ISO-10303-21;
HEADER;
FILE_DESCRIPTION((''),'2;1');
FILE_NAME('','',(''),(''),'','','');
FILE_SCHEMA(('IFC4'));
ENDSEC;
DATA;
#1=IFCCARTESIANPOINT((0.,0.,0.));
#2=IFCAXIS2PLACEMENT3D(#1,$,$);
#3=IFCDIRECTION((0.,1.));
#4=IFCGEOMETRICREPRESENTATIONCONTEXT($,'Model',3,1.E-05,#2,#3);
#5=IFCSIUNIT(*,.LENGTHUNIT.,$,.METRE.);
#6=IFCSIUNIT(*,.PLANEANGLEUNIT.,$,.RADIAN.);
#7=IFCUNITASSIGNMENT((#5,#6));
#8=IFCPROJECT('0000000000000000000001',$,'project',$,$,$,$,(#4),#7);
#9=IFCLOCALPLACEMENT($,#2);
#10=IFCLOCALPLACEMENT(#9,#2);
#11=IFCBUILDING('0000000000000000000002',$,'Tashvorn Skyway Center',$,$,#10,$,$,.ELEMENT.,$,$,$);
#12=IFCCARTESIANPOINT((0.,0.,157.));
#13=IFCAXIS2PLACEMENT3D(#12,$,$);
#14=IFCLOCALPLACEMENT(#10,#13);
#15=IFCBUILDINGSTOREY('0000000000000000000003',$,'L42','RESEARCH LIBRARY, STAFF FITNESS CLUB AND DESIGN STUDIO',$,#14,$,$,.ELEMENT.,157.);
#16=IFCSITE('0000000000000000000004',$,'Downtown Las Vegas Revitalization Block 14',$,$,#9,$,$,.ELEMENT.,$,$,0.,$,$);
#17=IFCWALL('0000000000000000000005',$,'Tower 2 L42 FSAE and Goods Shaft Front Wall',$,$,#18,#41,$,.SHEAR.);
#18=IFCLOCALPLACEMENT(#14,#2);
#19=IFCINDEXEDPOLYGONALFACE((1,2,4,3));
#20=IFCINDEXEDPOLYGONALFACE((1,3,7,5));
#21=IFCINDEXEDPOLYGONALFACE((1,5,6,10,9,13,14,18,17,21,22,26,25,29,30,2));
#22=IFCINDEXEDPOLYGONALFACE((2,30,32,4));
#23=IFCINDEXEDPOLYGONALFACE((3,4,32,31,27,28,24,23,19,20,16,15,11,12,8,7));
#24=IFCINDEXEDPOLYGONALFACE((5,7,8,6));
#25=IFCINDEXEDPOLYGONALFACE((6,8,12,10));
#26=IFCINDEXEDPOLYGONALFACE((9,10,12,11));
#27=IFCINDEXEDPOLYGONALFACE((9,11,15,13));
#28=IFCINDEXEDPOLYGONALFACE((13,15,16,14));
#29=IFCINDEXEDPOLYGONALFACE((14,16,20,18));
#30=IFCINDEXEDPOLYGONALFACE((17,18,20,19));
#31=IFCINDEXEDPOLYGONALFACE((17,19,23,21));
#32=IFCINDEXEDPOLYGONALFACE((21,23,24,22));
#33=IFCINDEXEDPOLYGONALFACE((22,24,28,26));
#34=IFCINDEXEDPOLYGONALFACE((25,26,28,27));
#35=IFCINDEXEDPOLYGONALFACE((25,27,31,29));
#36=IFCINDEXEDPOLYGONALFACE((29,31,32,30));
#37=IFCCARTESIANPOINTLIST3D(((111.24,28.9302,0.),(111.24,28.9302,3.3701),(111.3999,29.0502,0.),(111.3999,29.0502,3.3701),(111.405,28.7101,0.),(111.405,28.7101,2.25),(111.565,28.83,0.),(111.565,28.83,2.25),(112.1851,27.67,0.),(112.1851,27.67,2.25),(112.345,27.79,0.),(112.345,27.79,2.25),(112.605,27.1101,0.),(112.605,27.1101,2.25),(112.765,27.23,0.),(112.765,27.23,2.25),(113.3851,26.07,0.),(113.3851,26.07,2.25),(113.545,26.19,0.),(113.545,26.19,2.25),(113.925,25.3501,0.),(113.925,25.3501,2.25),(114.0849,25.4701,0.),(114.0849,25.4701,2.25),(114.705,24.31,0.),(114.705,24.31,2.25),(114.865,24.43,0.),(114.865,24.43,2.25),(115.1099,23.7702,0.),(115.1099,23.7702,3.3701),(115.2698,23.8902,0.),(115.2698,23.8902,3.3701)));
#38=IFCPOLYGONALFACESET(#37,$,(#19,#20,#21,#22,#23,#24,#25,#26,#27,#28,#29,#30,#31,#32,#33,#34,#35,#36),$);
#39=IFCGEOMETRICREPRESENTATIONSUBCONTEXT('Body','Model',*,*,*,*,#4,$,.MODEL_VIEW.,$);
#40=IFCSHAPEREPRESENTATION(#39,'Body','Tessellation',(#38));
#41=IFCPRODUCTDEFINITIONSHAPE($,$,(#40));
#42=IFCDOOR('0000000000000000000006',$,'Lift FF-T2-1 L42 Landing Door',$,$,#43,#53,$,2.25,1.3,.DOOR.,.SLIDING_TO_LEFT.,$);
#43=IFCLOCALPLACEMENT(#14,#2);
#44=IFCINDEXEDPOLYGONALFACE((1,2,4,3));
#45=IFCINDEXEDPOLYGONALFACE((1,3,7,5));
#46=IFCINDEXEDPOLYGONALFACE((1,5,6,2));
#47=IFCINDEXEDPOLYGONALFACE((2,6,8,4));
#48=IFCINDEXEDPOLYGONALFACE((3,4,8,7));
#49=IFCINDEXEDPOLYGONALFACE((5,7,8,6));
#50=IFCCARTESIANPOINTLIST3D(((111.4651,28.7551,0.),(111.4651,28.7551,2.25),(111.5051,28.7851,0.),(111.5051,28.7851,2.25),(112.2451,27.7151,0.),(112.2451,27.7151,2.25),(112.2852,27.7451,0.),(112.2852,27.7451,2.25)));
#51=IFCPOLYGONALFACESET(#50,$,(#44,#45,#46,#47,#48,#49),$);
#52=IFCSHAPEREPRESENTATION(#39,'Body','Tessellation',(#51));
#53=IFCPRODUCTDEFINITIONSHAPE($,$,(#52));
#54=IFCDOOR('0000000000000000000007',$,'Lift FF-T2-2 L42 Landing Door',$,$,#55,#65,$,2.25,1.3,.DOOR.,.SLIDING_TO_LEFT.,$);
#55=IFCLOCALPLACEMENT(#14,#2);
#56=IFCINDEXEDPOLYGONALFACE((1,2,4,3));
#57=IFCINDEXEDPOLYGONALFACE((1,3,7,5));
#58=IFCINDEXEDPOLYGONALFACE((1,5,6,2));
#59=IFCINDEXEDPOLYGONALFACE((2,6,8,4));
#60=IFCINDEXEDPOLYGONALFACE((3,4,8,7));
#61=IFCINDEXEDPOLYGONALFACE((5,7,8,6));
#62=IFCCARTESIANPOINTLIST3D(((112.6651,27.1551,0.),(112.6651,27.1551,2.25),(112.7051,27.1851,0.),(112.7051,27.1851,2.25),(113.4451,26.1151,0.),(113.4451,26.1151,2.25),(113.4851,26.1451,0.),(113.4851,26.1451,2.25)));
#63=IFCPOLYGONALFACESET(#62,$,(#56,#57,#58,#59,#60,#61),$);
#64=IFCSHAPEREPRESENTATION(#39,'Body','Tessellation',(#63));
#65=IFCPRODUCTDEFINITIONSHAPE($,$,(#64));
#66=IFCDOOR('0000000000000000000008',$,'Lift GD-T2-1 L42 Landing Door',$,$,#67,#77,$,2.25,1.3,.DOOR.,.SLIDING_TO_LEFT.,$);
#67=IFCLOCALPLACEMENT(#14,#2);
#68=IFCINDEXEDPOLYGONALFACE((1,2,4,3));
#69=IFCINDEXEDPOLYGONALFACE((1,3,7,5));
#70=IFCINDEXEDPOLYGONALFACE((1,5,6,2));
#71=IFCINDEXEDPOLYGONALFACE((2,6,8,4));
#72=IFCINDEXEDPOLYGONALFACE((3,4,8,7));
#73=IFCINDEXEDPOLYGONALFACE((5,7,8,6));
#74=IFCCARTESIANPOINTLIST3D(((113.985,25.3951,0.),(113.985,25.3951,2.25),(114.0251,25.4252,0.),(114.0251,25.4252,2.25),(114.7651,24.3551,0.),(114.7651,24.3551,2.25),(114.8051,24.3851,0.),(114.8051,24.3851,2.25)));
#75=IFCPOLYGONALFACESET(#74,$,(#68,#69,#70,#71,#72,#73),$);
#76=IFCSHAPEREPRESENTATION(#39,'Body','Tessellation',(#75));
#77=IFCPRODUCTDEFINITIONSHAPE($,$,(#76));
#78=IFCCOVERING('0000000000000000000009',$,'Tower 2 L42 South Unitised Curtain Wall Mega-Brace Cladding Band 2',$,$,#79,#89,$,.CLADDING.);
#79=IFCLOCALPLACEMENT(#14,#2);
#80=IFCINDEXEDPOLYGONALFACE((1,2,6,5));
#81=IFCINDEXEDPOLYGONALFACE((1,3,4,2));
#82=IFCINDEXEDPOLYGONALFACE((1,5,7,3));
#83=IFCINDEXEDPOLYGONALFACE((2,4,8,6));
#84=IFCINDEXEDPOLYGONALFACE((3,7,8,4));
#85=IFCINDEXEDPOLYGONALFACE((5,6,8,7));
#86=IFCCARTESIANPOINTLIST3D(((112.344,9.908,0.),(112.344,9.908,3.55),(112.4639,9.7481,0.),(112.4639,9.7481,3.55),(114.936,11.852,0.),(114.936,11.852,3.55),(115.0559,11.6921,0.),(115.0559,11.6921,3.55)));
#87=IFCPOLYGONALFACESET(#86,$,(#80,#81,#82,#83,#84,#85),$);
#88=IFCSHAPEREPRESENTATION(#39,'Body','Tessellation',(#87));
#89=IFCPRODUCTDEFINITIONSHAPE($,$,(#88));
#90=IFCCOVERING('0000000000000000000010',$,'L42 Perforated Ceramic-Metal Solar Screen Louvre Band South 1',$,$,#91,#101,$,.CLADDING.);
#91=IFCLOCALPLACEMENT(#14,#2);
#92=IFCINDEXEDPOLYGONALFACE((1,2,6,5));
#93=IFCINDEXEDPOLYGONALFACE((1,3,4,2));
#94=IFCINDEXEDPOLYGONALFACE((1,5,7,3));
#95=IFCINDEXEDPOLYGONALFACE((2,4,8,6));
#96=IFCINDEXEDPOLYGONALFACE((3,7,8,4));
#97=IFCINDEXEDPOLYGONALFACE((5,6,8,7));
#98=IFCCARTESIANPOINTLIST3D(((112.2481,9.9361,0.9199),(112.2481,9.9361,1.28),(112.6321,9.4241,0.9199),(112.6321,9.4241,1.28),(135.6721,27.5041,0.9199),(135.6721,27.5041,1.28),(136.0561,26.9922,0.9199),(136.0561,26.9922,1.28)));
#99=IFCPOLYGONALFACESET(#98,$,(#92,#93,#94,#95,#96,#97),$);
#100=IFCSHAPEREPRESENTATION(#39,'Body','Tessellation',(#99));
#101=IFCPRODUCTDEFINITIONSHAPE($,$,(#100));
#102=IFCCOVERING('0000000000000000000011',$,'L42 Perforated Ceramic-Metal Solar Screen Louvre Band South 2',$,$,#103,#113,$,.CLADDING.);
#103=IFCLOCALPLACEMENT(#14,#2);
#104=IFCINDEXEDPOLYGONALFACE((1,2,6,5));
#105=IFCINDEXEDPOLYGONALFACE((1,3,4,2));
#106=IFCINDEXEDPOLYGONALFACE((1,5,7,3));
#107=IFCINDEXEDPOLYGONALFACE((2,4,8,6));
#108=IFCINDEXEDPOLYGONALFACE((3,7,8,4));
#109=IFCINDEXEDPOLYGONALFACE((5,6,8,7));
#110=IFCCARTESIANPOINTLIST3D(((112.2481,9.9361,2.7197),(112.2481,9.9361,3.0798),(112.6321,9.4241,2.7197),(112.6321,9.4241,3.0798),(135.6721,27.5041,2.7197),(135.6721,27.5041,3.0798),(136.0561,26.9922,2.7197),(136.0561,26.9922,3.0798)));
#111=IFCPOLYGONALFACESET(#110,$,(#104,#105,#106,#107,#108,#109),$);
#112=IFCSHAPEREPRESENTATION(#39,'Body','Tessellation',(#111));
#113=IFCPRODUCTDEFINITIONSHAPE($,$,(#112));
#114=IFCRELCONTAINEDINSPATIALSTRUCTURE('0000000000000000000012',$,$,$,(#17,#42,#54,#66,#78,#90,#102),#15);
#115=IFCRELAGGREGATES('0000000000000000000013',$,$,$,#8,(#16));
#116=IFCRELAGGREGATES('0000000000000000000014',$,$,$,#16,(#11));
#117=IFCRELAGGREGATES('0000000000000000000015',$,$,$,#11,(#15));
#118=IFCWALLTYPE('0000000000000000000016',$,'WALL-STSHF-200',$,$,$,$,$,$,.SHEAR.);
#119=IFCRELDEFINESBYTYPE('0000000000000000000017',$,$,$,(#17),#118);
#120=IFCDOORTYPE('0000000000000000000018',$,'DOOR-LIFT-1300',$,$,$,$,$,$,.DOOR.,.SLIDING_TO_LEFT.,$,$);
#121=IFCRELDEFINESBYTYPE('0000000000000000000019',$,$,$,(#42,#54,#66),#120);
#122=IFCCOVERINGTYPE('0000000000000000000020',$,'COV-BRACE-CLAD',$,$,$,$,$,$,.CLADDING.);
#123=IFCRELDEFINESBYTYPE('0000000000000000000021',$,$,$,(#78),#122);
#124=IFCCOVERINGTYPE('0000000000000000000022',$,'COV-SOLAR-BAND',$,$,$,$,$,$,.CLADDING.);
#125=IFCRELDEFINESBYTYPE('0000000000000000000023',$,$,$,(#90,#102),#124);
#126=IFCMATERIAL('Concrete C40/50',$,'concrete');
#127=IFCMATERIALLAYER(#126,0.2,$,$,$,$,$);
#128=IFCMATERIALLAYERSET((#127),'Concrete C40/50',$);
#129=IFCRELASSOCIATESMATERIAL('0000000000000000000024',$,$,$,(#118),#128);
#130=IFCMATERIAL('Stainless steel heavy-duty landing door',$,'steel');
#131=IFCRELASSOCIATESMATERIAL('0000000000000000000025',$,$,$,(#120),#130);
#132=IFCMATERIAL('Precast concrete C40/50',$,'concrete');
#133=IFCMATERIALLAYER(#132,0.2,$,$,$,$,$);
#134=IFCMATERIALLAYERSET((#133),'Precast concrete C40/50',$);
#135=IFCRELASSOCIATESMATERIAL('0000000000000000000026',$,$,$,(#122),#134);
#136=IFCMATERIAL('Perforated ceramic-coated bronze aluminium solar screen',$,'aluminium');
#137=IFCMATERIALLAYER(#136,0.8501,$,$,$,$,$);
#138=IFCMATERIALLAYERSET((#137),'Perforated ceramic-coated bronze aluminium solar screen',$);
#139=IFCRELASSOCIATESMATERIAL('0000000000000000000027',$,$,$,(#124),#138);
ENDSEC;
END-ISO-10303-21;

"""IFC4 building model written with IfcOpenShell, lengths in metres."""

from ifc_helpers import new_model, si_unit, direction, frame, frame_2d, origin, origin_2d, place, context, subcontext, project, spatial, rectangle, extrude, material, layer, layer_set, type_object, element, fill, save


model = new_model("IFC4")

# Units and contexts
model_context = context("Model", 3, precision=1e-05, world=origin(), true_north=direction((0.0, 1.0)))
body_context = subcontext(model_context, "Body", "Model", "MODEL_VIEW")
ifc_project = project(units=[si_unit("LENGTHUNIT", "METRE"), si_unit("PLANEANGLEUNIT", "RADIAN")], contexts=[model_context])

# Site, building, storey
site_placement = place(None, origin())
site = spatial("IfcSite", under=ifc_project, at=site_placement, Name="Downtown Las Vegas Revitalization Block 14", CompositionType="ELEMENT", RefElevation=0.0)
building_placement = place(site_placement, origin())
building = spatial("IfcBuilding", under=site, at=building_placement, Name="Tashvorn Skyway Center", CompositionType="ELEMENT")
storey_placement = place(building_placement, frame((0.0, 0.0, 157.0)))
storey = spatial("IfcBuildingStorey", under=building, at=storey_placement, Name="L42", Description="RESEARCH LIBRARY, STAFF FITNESS CLUB AND DESIGN STUDIO", CompositionType="ELEMENT", Elevation=157.0)

# Wall, openings, doors
ifc_material_1 = material(Name="Concrete C40/50", Category="concrete")
ifc_layer_1 = layer(ifc_material_1, 0.2)
ifc_layer_set_1 = layer_set([ifc_layer_1], Name="Concrete C40/50")
wall_type_1 = type_object("IfcWallType", Name="WALL-STSHF-200", PredefinedType="SHEAR", material=ifc_layer_set_1)
wall_placement = place(storey_placement, frame((115.1899, 23.8301, 0.0), z_axis=(0.0, 0.0, 1.0), x_axis=(-0.599994, 0.800005, 0.0)))
wall = element("IfcWall", 1, at=wall_placement, inside=storey, type_object=wall_type_1, Name="Tower 2 L42 FSAE and Goods Shaft Front Wall", PredefinedType="SHEAR", context=body_context, shape_type="SweptSolid", body=[
    extrude(rectangle(XDim=6.45, YDim=0.2, at=frame_2d((3.2251, 0.0))), origin(), (0.0, 0.0, 1.0), 3.3701),
])
opening_1_placement = place(wall_placement, frame((4.875, 0.0, 0.0)))
opening_1 = element("IfcOpeningElement", 2, at=opening_1_placement, cuts=wall, PredefinedType="OPENING", context=body_context, shape_type="SweptSolid", body=[
    extrude(rectangle(XDim=1.3, YDim=2.25, at=frame_2d((0.6499, 1.125))), frame((0.0, 0.1099, 0.0), z_axis=(0.0, -1.0, 0.0), x_axis=(1.0, 0.0, 0.0)), (0.0, 0.0, 1.0), 0.22),
])
opening_2_placement = place(wall_placement, frame((2.875, 0.0, 0.0)))
opening_2 = element("IfcOpeningElement", 3, at=opening_2_placement, cuts=wall, PredefinedType="OPENING", context=body_context, shape_type="SweptSolid", body=[
    extrude(rectangle(XDim=1.3, YDim=2.25, at=frame_2d((0.6499, 1.125))), frame((0.0, 0.1099, 0.0), z_axis=(0.0, -1.0, 0.0), x_axis=(1.0, 0.0, 0.0)), (0.0, 0.0, 1.0), 0.22),
])
opening_3_placement = place(wall_placement, frame((0.675, 0.0, 0.0)))
opening_3 = element("IfcOpeningElement", 4, at=opening_3_placement, cuts=wall, PredefinedType="OPENING", context=body_context, shape_type="SweptSolid", body=[
    extrude(rectangle(XDim=1.3, YDim=2.25, at=frame_2d((0.6499, 1.125))), frame((0.0, 0.1099, 0.0), z_axis=(0.0, -1.0, 0.0), x_axis=(1.0, 0.0, 0.0)), (0.0, 0.0, 1.0), 0.22),
])
ifc_material_2 = material(Name="Stainless steel heavy-duty landing door", Category="steel")
door_type = type_object("IfcDoorType", Name="DOOR-LIFT-1300", OperationType="SLIDING_TO_LEFT", PredefinedType="DOOR", material=ifc_material_2)
door_1_placement = place(opening_1_placement, origin())
door_1 = element("IfcDoor", 5, at=door_1_placement, inside=storey, type_object=door_type, Name="Lift FF-T2-1 L42 Landing Door", OperationType="SLIDING_TO_LEFT", OverallHeight=2.25, OverallWidth=1.3, PredefinedType="DOOR", context=body_context, shape_type="SweptSolid", body=[
    extrude(rectangle(XDim=1.3, YDim=2.25, at=frame_2d((0.6499, 1.125))), frame((0.0, 0.0249, 0.0), z_axis=(0.0, -1.0, 0.0), x_axis=(1.0, 0.0, 0.0)), (0.0, 0.0, 1.0), 0.05),
])
fill(opening_1, door_1)
door_2_placement = place(opening_2_placement, origin())
door_2 = element("IfcDoor", 6, at=door_2_placement, inside=storey, type_object=door_type, Name="Lift FF-T2-2 L42 Landing Door", OperationType="SLIDING_TO_LEFT", OverallHeight=2.25, OverallWidth=1.3, PredefinedType="DOOR", context=body_context, shape_type="SweptSolid", body=[
    extrude(rectangle(XDim=1.3, YDim=2.25, at=frame_2d((0.6499, 1.125))), frame((0.0, 0.0249, 0.0), z_axis=(0.0, -1.0, 0.0), x_axis=(1.0, 0.0, 0.0)), (0.0, 0.0, 1.0), 0.05),
])
fill(opening_2, door_2)
door_3_placement = place(opening_3_placement, origin())
door_3 = element("IfcDoor", 7, at=door_3_placement, inside=storey, type_object=door_type, Name="Lift GD-T2-1 L42 Landing Door", OperationType="SLIDING_TO_LEFT", OverallHeight=2.25, OverallWidth=1.3, PredefinedType="DOOR", context=body_context, shape_type="SweptSolid", body=[
    extrude(rectangle(XDim=1.3, YDim=2.25, at=frame_2d((0.6499, 1.125))), frame((0.0, 0.0249, 0.0), z_axis=(0.0, -1.0, 0.0), x_axis=(1.0, 0.0, 0.0)), (0.0, 0.0, 1.0), 0.05),
])
fill(opening_3, door_3)

# Coverings
ifc_material_3 = material(Name="Precast concrete C40/50", Category="concrete")
ifc_layer_2 = layer(ifc_material_3, 0.2)
ifc_layer_set_2 = layer_set([ifc_layer_2], Name="Precast concrete C40/50")
covering_type_1 = type_object("IfcCoveringType", Name="COV-BRACE-CLAD", PredefinedType="CLADDING", material=ifc_layer_set_2)
covering_placement = place(storey_placement, frame((113.7, 10.8, 0.0), z_axis=(0.0, 0.0, 1.0), x_axis=(-0.8, -0.6, 0.0)))
element("IfcCovering", 8, at=covering_placement, inside=storey, type_object=covering_type_1, Name="Tower 2 L42 South Unitised Curtain Wall Mega-Brace Cladding Band 2", PredefinedType="CLADDING", context=body_context, shape_type="SweptSolid", body=[
    extrude(rectangle(XDim=3.24, YDim=0.2, at=origin_2d()), origin(), (0.0, 0.0, 1.0), 3.55),
])
ifc_material_4 = material(Name="Perforated ceramic-coated bronze aluminium solar screen", Category="aluminium")
ifc_layer_3 = layer(ifc_material_4, 0.8501)
ifc_layer_set_3 = layer_set([ifc_layer_3], Name="Perforated ceramic-coated bronze aluminium solar screen")
covering_type_2 = type_object("IfcCoveringType", Name="COV-SOLAR-BAND", PredefinedType="CLADDING", material=ifc_layer_set_3)
for number, where, z_axis, x_axis, name in (
    (9, (124.1521, 18.4641, 0.9199), (0.0, 0.0, 1.0), (-0.8, -0.6, 0.0), "L42 Perforated Ceramic-Metal Solar Screen Louvre Band South 1"),
    (10, (124.1521, 18.4641, 2.7197), (0.0, 0.0, 1.0), (-0.8, -0.6, 0.0), "L42 Perforated Ceramic-Metal Solar Screen Louvre Band South 2"),
):
    element("IfcCovering", number, at=place(storey_placement, frame(where, z_axis=z_axis, x_axis=x_axis)), inside=storey, type_object=covering_type_2, Name=name, PredefinedType="CLADDING", context=body_context, shape_type="SweptSolid", body=[
        extrude(rectangle(XDim=29.28, YDim=0.6399, at=origin_2d()), origin(), (0.0, 0.0, 1.0), 0.3601),
    ])

save(model, "model.ifc")
